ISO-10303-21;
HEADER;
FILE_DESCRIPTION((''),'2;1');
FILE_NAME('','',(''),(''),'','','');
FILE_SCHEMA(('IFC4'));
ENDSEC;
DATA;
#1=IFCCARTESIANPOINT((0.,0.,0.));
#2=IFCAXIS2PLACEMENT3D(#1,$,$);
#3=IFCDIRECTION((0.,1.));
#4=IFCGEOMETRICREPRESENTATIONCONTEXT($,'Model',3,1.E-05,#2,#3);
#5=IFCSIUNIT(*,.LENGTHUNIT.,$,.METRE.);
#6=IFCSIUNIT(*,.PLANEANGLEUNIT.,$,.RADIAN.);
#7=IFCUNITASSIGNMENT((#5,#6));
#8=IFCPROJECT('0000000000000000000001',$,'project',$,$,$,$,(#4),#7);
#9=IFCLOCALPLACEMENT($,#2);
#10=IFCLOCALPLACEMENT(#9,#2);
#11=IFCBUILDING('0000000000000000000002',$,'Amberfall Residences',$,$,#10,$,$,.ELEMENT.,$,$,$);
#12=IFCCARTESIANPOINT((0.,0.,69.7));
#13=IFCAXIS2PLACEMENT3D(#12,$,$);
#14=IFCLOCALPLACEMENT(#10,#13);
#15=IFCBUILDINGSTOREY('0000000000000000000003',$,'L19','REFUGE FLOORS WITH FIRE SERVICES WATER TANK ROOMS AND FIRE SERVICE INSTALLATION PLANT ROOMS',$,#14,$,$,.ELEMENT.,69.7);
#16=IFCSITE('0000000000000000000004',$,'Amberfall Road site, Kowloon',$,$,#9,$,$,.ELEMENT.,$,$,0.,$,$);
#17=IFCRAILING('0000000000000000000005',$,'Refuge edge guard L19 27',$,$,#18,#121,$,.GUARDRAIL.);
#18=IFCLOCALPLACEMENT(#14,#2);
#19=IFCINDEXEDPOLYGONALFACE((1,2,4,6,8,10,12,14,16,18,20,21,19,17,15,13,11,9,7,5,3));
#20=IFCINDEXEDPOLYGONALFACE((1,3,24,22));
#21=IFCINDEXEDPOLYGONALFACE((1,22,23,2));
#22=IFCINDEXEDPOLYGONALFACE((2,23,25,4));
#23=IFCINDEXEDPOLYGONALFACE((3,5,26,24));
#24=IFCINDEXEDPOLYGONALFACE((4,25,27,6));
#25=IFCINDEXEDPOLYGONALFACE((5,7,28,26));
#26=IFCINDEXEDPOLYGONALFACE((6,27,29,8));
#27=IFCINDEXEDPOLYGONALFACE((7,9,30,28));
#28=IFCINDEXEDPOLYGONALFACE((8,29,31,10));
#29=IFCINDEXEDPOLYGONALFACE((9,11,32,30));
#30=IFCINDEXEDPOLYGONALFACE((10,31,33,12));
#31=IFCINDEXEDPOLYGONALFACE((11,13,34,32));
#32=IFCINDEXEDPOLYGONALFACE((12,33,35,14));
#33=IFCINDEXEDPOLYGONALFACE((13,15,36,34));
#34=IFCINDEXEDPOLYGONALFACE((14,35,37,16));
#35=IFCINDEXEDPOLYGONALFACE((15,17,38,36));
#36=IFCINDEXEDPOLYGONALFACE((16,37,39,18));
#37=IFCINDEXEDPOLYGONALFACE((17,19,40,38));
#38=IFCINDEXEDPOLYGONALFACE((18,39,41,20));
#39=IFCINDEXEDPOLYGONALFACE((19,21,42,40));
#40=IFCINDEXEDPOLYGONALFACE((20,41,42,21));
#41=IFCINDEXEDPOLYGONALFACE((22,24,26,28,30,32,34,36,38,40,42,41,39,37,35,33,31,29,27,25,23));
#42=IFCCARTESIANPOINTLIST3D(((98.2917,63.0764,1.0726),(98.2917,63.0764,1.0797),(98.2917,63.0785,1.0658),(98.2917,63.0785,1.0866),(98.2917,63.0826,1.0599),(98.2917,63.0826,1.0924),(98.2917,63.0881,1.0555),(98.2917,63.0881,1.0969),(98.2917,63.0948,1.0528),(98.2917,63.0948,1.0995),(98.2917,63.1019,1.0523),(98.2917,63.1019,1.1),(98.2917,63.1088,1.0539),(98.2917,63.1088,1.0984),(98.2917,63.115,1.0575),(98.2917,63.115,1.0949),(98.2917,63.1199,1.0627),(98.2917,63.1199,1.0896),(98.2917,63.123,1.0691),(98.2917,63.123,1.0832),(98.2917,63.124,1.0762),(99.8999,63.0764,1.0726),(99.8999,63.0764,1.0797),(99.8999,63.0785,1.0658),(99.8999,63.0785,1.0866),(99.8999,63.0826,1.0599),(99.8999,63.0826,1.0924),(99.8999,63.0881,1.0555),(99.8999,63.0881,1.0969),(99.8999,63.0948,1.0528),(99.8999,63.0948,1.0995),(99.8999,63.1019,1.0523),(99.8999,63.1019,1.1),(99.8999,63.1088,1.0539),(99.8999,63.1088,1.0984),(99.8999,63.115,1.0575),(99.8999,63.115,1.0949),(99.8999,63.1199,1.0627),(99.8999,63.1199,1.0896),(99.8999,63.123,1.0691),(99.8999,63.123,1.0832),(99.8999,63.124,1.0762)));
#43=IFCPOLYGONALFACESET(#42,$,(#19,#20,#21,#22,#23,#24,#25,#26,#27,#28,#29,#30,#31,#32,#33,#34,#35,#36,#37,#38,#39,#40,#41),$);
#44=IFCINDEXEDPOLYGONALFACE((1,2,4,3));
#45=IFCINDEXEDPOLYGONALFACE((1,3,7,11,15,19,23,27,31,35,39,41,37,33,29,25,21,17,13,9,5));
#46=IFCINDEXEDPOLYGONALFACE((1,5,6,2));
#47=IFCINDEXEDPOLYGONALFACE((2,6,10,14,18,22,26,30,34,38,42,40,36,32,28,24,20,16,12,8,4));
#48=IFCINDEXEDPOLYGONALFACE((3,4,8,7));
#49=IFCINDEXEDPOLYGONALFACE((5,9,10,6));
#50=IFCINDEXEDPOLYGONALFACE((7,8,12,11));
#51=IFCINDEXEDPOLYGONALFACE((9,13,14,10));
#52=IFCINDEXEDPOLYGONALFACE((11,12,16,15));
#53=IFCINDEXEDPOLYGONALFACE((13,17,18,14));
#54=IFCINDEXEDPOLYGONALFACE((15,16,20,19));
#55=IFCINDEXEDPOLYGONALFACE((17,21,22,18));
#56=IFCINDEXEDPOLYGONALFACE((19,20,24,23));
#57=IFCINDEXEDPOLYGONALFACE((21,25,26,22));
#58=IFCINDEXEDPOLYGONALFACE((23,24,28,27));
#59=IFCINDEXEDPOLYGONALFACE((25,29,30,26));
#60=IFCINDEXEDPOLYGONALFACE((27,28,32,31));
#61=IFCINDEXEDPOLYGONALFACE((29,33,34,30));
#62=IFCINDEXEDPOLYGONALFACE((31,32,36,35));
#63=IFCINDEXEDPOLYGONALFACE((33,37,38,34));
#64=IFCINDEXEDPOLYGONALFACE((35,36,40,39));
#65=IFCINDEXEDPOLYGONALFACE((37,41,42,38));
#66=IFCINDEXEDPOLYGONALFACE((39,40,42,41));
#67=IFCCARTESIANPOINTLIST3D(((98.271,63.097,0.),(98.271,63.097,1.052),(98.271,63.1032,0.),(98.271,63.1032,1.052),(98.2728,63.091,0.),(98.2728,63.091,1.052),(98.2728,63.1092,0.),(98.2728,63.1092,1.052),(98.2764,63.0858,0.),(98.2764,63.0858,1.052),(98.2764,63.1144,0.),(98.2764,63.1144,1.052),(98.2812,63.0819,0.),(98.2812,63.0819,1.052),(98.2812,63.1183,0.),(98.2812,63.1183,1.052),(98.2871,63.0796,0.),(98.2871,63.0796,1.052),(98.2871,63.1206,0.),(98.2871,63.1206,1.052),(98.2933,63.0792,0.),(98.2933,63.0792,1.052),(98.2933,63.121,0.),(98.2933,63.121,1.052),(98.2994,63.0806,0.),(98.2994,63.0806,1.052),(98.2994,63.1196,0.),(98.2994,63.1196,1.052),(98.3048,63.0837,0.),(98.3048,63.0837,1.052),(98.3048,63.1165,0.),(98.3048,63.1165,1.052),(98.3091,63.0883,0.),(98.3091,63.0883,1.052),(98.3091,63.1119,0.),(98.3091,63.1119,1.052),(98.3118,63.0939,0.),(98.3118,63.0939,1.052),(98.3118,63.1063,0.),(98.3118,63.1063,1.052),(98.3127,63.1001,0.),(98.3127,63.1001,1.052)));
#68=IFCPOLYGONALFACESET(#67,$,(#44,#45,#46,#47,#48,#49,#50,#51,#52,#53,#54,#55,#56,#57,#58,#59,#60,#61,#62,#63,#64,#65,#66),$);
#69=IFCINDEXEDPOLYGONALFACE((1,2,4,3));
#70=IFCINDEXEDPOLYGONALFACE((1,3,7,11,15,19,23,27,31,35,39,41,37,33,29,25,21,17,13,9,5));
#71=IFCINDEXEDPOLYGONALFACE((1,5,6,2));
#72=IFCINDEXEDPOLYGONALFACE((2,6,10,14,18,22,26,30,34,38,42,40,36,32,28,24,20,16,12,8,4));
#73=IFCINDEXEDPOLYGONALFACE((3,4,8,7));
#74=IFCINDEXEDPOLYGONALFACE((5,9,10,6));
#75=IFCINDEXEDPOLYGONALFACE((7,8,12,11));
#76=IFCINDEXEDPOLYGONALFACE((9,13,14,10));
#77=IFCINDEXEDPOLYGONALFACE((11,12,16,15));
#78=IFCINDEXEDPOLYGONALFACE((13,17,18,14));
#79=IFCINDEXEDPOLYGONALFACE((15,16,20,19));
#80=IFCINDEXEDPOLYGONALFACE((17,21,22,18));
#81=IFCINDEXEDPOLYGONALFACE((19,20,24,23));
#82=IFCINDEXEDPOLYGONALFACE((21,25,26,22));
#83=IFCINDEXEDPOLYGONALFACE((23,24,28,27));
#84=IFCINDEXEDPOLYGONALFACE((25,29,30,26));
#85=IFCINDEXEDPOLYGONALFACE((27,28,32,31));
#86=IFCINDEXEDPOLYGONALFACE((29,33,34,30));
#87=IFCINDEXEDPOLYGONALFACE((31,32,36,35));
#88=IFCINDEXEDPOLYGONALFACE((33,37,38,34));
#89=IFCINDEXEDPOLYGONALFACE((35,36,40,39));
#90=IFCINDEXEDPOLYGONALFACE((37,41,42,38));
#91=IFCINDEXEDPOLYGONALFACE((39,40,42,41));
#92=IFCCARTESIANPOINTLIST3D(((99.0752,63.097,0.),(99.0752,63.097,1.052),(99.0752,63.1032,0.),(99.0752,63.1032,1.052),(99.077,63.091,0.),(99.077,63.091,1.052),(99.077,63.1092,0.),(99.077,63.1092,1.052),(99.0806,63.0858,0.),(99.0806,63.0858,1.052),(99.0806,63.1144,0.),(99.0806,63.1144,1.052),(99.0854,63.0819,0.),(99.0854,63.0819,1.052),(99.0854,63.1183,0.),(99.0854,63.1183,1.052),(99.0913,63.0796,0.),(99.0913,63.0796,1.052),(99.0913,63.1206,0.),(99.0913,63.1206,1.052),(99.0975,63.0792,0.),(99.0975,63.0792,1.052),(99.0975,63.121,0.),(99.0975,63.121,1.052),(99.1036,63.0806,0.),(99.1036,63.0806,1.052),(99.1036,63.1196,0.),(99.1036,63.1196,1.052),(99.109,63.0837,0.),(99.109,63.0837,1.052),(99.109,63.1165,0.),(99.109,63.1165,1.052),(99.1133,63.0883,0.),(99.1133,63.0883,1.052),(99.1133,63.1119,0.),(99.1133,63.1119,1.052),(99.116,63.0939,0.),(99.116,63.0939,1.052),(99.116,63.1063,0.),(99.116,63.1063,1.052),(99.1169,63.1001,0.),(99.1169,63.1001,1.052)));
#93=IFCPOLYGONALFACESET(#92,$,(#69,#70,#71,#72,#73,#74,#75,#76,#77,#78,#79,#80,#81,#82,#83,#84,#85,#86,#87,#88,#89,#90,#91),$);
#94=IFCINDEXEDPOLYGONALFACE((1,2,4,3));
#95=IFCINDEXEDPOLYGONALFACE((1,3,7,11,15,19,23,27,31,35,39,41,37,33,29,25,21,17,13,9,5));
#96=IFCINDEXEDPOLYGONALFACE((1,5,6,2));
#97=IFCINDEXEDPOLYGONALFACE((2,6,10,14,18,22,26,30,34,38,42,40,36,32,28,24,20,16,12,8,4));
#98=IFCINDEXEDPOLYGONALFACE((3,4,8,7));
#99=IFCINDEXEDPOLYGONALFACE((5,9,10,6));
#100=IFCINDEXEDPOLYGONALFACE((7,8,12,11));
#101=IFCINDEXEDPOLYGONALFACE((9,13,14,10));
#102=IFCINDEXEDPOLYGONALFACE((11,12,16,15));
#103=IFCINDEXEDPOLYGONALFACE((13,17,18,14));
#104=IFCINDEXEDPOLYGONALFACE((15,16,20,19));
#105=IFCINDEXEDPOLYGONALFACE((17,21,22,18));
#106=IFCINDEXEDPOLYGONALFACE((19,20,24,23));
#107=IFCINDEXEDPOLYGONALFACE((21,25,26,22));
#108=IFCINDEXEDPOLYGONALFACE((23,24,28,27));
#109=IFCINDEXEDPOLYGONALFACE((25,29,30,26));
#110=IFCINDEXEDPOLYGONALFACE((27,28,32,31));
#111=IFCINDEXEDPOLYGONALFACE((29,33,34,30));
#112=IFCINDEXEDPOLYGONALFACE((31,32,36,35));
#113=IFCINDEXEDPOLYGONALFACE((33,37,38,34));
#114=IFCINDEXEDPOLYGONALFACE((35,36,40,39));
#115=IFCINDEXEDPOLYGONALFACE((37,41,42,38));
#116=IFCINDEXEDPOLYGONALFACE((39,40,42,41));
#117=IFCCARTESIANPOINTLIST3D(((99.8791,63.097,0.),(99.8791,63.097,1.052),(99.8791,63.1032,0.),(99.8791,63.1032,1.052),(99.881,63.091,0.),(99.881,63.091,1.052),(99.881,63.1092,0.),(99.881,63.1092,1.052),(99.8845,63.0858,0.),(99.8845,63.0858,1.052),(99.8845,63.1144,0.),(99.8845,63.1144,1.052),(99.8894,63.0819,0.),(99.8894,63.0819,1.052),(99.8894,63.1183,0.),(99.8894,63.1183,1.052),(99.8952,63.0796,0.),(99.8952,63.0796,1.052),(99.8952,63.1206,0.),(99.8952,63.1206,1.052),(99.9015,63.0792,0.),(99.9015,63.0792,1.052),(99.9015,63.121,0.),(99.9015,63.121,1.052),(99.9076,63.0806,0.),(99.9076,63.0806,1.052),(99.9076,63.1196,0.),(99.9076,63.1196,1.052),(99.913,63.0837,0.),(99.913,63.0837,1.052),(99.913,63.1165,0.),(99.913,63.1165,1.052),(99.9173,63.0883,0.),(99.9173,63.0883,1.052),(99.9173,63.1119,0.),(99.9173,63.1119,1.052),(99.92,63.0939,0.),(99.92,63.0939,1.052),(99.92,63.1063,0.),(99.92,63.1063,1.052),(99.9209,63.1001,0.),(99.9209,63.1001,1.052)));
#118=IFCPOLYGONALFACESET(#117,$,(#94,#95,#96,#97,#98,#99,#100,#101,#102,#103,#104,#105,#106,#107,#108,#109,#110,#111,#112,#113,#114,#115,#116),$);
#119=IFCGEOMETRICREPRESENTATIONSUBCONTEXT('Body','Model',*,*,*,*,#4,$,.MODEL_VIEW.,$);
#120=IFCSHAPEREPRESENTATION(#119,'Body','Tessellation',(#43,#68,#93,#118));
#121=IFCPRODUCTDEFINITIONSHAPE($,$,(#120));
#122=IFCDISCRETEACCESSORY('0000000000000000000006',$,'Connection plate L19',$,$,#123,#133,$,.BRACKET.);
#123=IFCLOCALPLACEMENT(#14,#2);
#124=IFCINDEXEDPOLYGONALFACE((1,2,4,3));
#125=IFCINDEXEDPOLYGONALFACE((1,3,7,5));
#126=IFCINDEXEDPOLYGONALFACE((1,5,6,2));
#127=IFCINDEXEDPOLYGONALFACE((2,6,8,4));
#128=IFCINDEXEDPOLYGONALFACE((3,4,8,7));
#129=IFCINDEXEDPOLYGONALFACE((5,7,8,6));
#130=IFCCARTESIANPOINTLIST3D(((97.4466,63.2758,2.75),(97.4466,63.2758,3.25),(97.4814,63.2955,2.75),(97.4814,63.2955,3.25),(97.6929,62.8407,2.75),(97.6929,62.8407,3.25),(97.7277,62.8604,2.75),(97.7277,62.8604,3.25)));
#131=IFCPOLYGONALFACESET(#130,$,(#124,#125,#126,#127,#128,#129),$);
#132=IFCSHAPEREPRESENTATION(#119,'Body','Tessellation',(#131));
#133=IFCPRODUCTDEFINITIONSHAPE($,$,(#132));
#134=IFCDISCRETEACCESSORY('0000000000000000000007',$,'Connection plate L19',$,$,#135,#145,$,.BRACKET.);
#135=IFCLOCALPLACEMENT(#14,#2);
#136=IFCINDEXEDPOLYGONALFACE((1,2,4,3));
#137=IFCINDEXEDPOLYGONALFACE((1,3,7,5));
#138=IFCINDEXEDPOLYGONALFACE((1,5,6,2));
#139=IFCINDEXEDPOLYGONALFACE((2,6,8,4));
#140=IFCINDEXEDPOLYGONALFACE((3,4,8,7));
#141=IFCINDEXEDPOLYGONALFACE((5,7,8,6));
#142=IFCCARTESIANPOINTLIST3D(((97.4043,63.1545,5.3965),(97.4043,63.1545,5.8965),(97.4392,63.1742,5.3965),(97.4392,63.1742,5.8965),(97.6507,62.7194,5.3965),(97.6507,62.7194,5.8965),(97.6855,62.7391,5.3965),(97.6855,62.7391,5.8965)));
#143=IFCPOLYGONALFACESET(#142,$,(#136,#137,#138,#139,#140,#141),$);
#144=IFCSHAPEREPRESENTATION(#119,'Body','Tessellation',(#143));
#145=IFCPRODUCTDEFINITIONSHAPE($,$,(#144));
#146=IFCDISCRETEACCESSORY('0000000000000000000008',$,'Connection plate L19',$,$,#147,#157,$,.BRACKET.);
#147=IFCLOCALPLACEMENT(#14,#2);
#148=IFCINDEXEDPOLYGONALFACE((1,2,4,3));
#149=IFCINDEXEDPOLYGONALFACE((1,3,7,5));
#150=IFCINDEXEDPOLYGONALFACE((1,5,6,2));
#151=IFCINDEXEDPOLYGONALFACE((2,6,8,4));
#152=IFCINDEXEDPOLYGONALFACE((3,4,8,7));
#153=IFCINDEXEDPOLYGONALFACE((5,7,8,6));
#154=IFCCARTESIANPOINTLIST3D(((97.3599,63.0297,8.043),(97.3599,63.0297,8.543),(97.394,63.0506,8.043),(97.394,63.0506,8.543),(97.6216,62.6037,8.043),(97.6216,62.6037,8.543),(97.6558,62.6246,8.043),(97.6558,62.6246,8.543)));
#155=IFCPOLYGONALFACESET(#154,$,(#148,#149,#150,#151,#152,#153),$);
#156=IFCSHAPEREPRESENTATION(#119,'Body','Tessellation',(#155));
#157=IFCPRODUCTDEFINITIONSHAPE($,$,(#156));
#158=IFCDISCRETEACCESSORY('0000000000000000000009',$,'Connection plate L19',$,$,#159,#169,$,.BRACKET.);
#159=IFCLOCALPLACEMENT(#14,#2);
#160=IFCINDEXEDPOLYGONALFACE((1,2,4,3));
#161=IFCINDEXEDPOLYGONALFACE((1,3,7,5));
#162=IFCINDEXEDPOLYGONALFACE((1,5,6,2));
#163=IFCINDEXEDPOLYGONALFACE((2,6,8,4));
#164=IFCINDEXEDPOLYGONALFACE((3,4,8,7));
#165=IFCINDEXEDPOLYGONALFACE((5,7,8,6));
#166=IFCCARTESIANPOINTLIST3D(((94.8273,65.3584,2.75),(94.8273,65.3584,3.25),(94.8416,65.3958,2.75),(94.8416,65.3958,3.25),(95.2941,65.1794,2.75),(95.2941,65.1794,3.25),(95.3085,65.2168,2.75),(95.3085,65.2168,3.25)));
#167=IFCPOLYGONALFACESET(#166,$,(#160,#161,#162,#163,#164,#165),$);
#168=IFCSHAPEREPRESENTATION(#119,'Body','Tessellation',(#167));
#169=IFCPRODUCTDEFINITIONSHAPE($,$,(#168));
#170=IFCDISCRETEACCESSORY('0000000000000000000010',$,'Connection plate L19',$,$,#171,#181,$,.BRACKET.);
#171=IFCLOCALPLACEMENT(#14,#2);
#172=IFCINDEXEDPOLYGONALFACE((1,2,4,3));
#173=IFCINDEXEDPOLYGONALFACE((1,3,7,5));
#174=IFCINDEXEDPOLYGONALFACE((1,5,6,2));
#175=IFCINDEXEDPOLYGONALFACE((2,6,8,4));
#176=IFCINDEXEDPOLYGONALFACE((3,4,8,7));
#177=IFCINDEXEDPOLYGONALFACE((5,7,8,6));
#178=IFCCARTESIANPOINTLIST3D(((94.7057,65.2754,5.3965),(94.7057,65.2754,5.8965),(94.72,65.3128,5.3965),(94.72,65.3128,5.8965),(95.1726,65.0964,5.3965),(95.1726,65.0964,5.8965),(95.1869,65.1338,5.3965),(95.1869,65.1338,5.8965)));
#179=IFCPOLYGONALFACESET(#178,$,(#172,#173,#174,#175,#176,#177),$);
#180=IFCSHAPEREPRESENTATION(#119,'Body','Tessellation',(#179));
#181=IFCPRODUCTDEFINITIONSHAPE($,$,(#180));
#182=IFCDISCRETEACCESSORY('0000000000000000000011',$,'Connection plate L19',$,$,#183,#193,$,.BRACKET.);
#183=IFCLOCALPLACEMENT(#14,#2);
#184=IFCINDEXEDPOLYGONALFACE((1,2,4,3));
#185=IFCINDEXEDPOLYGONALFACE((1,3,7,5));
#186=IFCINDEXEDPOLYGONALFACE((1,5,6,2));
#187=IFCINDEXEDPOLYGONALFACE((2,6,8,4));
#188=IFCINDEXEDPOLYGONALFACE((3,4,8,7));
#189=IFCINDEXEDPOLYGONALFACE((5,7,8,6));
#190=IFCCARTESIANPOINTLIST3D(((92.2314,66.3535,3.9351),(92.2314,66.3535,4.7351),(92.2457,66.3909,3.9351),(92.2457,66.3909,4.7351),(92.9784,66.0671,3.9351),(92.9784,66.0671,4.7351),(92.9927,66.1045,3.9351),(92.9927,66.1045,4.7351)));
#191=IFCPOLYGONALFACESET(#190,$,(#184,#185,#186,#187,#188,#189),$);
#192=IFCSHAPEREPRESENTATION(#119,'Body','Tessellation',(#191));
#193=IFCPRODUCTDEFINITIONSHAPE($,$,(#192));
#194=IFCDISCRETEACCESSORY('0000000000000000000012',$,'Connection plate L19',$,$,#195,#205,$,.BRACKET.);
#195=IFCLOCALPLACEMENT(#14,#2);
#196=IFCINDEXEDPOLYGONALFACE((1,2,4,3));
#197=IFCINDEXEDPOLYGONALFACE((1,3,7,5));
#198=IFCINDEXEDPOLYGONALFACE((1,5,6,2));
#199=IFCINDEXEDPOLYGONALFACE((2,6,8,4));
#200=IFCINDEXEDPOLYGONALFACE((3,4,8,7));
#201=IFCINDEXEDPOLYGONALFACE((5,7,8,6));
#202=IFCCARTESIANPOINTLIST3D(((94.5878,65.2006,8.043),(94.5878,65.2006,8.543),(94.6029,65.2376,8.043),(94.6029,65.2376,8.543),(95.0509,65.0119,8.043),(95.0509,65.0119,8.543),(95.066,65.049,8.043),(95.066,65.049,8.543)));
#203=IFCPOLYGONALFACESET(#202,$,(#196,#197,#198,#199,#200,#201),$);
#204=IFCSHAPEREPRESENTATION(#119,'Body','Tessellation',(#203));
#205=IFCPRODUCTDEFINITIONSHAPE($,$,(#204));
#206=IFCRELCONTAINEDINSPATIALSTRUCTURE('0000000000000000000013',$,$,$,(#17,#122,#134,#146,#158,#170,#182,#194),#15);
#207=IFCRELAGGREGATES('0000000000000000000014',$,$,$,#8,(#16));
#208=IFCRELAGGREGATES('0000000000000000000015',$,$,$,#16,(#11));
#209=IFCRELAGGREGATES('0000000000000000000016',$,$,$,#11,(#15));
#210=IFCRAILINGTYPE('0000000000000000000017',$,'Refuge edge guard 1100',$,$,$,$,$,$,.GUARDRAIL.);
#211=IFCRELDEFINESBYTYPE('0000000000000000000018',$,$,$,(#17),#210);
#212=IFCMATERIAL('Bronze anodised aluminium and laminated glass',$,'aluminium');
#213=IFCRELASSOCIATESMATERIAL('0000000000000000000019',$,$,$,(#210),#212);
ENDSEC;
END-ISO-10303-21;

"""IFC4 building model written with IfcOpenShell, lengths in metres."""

from ifc_helpers import new_model, si_unit, direction, frame, origin, origin_2d, place, context, subcontext, project, spatial, rectangle, circle, extrude, material, type_object, element, save


model = new_model("IFC4")

# Units and contexts
model_context = context("Model", 3, precision=1e-05, world=origin(), true_north=direction((0.0, 1.0)))
body_context = subcontext(model_context, "Body", "Model", "MODEL_VIEW")
ifc_project = project(units=[si_unit("LENGTHUNIT", "METRE"), si_unit("PLANEANGLEUNIT", "RADIAN")], contexts=[model_context])

# Site, building, storey
site_placement = place(None, origin())
site = spatial("IfcSite", under=ifc_project, at=site_placement, Name="Amberfall Road site, Kowloon", CompositionType="ELEMENT", RefElevation=0.0)
building_placement = place(site_placement, origin())
building = spatial("IfcBuilding", under=site, at=building_placement, Name="Amberfall Residences", CompositionType="ELEMENT")
storey_placement = place(building_placement, frame((0.0, 0.0, 69.7)))
storey = spatial("IfcBuildingStorey", under=building, at=storey_placement, Name="L19", Description="REFUGE FLOORS WITH FIRE SERVICES WATER TANK ROOMS AND FIRE SERVICE INSTALLATION PLANT ROOMS", CompositionType="ELEMENT", Elevation=69.7)

# Railing
ifc_material_1 = material(Name="Bronze anodised aluminium and laminated glass", Category="aluminium")
railing_type = type_object("IfcRailingType", Name="Refuge edge guard 1100", PredefinedType="GUARDRAIL", material=ifc_material_1)
railing_1_placement = place(storey_placement, frame((98.2917, 63.1001, 0.0)))
element("IfcRailing", 1, at=railing_1_placement, inside=storey, type_object=railing_type, Name="Refuge edge guard L19 27", PredefinedType="GUARDRAIL", context=body_context, shape_type="SweptSolid", body=[
    extrude(circle(Radius=0.0239, at=origin_2d()), frame((0.0, 0.0, 1.0762), z_axis=(1.0, 0.0, 0.0), x_axis=(0.0, 1.0, 0.0)), (0.0, 0.0, 1.0), 1.6082),
    extrude(circle(Radius=0.021, at=origin_2d()), origin(), (0.0, 0.0, 1.0), 1.052),
    extrude(circle(Radius=0.021, at=origin_2d()), frame((0.8042, 0.0, 0.0)), (0.0, 0.0, 1.0), 1.052),
    extrude(circle(Radius=0.021, at=origin_2d()), frame((1.6082, 0.0, 0.0)), (0.0, 0.0, 1.0), 1.052),
])

# Discrete accessories
for number, where, z_axis, x_axis, name in (
    (2, (97.5872, 63.0681, 2.75), (0.0, 0.0, 1.0), (0.492667, -0.870218, 0.0), "Connection plate L19"),
    (3, (97.5449, 62.9468, 5.3965), (0.0, 0.0, 1.0), (0.492667, -0.870218, 0.0), "Connection plate L19"),
    (4, (97.5078, 62.8271, 8.043), (0.0, 0.0, 1.0), (0.52354, -0.852001, 0.0), "Connection plate L19"),
    (5, (95.0679, 65.2876, 2.75), (0.0, 0.0, 1.0), (-0.933743, 0.357944, 0.0), "Connection plate L19"),
    (6, (94.9463, 65.2046, 5.3965), (0.0, 0.0, 1.0), (-0.933743, 0.357944, 0.0), "Connection plate L19"),
):
    element("IfcDiscreteAccessory", number, at=place(storey_placement, frame(where, z_axis=z_axis, x_axis=x_axis)), inside=storey, Name=name, PredefinedType="BRACKET", context=body_context, shape_type="SweptSolid", body=[
        extrude(rectangle(XDim=0.5, YDim=0.04, at=origin_2d()), origin(), (0.0, 0.0, 1.0), 0.5),
    ])
discrete_accessory_1_placement = place(storey_placement, frame((92.6121, 66.229, 3.9351), z_axis=(0.0, 0.0, 1.0), x_axis=(-0.933743, 0.357944, 0.0)))
element("IfcDiscreteAccessory", 7, at=discrete_accessory_1_placement, inside=storey, Name="Connection plate L19", PredefinedType="BRACKET", context=body_context, shape_type="SweptSolid", body=[
    extrude(rectangle(XDim=0.8, YDim=0.04, at=origin_2d()), origin(), (0.0, 0.0, 1.0), 0.8),
])
discrete_accessory_2_placement = place(storey_placement, frame((94.8269, 65.1248, 8.043), z_axis=(0.0, 0.0, 1.0), x_axis=(-0.926062, 0.377372, 0.0)))
element("IfcDiscreteAccessory", 8, at=discrete_accessory_2_placement, inside=storey, Name="Connection plate L19", PredefinedType="BRACKET", context=body_context, shape_type="SweptSolid", body=[
    extrude(rectangle(XDim=0.5, YDim=0.04, at=origin_2d()), origin(), (0.0, 0.0, 1.0), 0.5),
])

save(model, "model.ifc")
